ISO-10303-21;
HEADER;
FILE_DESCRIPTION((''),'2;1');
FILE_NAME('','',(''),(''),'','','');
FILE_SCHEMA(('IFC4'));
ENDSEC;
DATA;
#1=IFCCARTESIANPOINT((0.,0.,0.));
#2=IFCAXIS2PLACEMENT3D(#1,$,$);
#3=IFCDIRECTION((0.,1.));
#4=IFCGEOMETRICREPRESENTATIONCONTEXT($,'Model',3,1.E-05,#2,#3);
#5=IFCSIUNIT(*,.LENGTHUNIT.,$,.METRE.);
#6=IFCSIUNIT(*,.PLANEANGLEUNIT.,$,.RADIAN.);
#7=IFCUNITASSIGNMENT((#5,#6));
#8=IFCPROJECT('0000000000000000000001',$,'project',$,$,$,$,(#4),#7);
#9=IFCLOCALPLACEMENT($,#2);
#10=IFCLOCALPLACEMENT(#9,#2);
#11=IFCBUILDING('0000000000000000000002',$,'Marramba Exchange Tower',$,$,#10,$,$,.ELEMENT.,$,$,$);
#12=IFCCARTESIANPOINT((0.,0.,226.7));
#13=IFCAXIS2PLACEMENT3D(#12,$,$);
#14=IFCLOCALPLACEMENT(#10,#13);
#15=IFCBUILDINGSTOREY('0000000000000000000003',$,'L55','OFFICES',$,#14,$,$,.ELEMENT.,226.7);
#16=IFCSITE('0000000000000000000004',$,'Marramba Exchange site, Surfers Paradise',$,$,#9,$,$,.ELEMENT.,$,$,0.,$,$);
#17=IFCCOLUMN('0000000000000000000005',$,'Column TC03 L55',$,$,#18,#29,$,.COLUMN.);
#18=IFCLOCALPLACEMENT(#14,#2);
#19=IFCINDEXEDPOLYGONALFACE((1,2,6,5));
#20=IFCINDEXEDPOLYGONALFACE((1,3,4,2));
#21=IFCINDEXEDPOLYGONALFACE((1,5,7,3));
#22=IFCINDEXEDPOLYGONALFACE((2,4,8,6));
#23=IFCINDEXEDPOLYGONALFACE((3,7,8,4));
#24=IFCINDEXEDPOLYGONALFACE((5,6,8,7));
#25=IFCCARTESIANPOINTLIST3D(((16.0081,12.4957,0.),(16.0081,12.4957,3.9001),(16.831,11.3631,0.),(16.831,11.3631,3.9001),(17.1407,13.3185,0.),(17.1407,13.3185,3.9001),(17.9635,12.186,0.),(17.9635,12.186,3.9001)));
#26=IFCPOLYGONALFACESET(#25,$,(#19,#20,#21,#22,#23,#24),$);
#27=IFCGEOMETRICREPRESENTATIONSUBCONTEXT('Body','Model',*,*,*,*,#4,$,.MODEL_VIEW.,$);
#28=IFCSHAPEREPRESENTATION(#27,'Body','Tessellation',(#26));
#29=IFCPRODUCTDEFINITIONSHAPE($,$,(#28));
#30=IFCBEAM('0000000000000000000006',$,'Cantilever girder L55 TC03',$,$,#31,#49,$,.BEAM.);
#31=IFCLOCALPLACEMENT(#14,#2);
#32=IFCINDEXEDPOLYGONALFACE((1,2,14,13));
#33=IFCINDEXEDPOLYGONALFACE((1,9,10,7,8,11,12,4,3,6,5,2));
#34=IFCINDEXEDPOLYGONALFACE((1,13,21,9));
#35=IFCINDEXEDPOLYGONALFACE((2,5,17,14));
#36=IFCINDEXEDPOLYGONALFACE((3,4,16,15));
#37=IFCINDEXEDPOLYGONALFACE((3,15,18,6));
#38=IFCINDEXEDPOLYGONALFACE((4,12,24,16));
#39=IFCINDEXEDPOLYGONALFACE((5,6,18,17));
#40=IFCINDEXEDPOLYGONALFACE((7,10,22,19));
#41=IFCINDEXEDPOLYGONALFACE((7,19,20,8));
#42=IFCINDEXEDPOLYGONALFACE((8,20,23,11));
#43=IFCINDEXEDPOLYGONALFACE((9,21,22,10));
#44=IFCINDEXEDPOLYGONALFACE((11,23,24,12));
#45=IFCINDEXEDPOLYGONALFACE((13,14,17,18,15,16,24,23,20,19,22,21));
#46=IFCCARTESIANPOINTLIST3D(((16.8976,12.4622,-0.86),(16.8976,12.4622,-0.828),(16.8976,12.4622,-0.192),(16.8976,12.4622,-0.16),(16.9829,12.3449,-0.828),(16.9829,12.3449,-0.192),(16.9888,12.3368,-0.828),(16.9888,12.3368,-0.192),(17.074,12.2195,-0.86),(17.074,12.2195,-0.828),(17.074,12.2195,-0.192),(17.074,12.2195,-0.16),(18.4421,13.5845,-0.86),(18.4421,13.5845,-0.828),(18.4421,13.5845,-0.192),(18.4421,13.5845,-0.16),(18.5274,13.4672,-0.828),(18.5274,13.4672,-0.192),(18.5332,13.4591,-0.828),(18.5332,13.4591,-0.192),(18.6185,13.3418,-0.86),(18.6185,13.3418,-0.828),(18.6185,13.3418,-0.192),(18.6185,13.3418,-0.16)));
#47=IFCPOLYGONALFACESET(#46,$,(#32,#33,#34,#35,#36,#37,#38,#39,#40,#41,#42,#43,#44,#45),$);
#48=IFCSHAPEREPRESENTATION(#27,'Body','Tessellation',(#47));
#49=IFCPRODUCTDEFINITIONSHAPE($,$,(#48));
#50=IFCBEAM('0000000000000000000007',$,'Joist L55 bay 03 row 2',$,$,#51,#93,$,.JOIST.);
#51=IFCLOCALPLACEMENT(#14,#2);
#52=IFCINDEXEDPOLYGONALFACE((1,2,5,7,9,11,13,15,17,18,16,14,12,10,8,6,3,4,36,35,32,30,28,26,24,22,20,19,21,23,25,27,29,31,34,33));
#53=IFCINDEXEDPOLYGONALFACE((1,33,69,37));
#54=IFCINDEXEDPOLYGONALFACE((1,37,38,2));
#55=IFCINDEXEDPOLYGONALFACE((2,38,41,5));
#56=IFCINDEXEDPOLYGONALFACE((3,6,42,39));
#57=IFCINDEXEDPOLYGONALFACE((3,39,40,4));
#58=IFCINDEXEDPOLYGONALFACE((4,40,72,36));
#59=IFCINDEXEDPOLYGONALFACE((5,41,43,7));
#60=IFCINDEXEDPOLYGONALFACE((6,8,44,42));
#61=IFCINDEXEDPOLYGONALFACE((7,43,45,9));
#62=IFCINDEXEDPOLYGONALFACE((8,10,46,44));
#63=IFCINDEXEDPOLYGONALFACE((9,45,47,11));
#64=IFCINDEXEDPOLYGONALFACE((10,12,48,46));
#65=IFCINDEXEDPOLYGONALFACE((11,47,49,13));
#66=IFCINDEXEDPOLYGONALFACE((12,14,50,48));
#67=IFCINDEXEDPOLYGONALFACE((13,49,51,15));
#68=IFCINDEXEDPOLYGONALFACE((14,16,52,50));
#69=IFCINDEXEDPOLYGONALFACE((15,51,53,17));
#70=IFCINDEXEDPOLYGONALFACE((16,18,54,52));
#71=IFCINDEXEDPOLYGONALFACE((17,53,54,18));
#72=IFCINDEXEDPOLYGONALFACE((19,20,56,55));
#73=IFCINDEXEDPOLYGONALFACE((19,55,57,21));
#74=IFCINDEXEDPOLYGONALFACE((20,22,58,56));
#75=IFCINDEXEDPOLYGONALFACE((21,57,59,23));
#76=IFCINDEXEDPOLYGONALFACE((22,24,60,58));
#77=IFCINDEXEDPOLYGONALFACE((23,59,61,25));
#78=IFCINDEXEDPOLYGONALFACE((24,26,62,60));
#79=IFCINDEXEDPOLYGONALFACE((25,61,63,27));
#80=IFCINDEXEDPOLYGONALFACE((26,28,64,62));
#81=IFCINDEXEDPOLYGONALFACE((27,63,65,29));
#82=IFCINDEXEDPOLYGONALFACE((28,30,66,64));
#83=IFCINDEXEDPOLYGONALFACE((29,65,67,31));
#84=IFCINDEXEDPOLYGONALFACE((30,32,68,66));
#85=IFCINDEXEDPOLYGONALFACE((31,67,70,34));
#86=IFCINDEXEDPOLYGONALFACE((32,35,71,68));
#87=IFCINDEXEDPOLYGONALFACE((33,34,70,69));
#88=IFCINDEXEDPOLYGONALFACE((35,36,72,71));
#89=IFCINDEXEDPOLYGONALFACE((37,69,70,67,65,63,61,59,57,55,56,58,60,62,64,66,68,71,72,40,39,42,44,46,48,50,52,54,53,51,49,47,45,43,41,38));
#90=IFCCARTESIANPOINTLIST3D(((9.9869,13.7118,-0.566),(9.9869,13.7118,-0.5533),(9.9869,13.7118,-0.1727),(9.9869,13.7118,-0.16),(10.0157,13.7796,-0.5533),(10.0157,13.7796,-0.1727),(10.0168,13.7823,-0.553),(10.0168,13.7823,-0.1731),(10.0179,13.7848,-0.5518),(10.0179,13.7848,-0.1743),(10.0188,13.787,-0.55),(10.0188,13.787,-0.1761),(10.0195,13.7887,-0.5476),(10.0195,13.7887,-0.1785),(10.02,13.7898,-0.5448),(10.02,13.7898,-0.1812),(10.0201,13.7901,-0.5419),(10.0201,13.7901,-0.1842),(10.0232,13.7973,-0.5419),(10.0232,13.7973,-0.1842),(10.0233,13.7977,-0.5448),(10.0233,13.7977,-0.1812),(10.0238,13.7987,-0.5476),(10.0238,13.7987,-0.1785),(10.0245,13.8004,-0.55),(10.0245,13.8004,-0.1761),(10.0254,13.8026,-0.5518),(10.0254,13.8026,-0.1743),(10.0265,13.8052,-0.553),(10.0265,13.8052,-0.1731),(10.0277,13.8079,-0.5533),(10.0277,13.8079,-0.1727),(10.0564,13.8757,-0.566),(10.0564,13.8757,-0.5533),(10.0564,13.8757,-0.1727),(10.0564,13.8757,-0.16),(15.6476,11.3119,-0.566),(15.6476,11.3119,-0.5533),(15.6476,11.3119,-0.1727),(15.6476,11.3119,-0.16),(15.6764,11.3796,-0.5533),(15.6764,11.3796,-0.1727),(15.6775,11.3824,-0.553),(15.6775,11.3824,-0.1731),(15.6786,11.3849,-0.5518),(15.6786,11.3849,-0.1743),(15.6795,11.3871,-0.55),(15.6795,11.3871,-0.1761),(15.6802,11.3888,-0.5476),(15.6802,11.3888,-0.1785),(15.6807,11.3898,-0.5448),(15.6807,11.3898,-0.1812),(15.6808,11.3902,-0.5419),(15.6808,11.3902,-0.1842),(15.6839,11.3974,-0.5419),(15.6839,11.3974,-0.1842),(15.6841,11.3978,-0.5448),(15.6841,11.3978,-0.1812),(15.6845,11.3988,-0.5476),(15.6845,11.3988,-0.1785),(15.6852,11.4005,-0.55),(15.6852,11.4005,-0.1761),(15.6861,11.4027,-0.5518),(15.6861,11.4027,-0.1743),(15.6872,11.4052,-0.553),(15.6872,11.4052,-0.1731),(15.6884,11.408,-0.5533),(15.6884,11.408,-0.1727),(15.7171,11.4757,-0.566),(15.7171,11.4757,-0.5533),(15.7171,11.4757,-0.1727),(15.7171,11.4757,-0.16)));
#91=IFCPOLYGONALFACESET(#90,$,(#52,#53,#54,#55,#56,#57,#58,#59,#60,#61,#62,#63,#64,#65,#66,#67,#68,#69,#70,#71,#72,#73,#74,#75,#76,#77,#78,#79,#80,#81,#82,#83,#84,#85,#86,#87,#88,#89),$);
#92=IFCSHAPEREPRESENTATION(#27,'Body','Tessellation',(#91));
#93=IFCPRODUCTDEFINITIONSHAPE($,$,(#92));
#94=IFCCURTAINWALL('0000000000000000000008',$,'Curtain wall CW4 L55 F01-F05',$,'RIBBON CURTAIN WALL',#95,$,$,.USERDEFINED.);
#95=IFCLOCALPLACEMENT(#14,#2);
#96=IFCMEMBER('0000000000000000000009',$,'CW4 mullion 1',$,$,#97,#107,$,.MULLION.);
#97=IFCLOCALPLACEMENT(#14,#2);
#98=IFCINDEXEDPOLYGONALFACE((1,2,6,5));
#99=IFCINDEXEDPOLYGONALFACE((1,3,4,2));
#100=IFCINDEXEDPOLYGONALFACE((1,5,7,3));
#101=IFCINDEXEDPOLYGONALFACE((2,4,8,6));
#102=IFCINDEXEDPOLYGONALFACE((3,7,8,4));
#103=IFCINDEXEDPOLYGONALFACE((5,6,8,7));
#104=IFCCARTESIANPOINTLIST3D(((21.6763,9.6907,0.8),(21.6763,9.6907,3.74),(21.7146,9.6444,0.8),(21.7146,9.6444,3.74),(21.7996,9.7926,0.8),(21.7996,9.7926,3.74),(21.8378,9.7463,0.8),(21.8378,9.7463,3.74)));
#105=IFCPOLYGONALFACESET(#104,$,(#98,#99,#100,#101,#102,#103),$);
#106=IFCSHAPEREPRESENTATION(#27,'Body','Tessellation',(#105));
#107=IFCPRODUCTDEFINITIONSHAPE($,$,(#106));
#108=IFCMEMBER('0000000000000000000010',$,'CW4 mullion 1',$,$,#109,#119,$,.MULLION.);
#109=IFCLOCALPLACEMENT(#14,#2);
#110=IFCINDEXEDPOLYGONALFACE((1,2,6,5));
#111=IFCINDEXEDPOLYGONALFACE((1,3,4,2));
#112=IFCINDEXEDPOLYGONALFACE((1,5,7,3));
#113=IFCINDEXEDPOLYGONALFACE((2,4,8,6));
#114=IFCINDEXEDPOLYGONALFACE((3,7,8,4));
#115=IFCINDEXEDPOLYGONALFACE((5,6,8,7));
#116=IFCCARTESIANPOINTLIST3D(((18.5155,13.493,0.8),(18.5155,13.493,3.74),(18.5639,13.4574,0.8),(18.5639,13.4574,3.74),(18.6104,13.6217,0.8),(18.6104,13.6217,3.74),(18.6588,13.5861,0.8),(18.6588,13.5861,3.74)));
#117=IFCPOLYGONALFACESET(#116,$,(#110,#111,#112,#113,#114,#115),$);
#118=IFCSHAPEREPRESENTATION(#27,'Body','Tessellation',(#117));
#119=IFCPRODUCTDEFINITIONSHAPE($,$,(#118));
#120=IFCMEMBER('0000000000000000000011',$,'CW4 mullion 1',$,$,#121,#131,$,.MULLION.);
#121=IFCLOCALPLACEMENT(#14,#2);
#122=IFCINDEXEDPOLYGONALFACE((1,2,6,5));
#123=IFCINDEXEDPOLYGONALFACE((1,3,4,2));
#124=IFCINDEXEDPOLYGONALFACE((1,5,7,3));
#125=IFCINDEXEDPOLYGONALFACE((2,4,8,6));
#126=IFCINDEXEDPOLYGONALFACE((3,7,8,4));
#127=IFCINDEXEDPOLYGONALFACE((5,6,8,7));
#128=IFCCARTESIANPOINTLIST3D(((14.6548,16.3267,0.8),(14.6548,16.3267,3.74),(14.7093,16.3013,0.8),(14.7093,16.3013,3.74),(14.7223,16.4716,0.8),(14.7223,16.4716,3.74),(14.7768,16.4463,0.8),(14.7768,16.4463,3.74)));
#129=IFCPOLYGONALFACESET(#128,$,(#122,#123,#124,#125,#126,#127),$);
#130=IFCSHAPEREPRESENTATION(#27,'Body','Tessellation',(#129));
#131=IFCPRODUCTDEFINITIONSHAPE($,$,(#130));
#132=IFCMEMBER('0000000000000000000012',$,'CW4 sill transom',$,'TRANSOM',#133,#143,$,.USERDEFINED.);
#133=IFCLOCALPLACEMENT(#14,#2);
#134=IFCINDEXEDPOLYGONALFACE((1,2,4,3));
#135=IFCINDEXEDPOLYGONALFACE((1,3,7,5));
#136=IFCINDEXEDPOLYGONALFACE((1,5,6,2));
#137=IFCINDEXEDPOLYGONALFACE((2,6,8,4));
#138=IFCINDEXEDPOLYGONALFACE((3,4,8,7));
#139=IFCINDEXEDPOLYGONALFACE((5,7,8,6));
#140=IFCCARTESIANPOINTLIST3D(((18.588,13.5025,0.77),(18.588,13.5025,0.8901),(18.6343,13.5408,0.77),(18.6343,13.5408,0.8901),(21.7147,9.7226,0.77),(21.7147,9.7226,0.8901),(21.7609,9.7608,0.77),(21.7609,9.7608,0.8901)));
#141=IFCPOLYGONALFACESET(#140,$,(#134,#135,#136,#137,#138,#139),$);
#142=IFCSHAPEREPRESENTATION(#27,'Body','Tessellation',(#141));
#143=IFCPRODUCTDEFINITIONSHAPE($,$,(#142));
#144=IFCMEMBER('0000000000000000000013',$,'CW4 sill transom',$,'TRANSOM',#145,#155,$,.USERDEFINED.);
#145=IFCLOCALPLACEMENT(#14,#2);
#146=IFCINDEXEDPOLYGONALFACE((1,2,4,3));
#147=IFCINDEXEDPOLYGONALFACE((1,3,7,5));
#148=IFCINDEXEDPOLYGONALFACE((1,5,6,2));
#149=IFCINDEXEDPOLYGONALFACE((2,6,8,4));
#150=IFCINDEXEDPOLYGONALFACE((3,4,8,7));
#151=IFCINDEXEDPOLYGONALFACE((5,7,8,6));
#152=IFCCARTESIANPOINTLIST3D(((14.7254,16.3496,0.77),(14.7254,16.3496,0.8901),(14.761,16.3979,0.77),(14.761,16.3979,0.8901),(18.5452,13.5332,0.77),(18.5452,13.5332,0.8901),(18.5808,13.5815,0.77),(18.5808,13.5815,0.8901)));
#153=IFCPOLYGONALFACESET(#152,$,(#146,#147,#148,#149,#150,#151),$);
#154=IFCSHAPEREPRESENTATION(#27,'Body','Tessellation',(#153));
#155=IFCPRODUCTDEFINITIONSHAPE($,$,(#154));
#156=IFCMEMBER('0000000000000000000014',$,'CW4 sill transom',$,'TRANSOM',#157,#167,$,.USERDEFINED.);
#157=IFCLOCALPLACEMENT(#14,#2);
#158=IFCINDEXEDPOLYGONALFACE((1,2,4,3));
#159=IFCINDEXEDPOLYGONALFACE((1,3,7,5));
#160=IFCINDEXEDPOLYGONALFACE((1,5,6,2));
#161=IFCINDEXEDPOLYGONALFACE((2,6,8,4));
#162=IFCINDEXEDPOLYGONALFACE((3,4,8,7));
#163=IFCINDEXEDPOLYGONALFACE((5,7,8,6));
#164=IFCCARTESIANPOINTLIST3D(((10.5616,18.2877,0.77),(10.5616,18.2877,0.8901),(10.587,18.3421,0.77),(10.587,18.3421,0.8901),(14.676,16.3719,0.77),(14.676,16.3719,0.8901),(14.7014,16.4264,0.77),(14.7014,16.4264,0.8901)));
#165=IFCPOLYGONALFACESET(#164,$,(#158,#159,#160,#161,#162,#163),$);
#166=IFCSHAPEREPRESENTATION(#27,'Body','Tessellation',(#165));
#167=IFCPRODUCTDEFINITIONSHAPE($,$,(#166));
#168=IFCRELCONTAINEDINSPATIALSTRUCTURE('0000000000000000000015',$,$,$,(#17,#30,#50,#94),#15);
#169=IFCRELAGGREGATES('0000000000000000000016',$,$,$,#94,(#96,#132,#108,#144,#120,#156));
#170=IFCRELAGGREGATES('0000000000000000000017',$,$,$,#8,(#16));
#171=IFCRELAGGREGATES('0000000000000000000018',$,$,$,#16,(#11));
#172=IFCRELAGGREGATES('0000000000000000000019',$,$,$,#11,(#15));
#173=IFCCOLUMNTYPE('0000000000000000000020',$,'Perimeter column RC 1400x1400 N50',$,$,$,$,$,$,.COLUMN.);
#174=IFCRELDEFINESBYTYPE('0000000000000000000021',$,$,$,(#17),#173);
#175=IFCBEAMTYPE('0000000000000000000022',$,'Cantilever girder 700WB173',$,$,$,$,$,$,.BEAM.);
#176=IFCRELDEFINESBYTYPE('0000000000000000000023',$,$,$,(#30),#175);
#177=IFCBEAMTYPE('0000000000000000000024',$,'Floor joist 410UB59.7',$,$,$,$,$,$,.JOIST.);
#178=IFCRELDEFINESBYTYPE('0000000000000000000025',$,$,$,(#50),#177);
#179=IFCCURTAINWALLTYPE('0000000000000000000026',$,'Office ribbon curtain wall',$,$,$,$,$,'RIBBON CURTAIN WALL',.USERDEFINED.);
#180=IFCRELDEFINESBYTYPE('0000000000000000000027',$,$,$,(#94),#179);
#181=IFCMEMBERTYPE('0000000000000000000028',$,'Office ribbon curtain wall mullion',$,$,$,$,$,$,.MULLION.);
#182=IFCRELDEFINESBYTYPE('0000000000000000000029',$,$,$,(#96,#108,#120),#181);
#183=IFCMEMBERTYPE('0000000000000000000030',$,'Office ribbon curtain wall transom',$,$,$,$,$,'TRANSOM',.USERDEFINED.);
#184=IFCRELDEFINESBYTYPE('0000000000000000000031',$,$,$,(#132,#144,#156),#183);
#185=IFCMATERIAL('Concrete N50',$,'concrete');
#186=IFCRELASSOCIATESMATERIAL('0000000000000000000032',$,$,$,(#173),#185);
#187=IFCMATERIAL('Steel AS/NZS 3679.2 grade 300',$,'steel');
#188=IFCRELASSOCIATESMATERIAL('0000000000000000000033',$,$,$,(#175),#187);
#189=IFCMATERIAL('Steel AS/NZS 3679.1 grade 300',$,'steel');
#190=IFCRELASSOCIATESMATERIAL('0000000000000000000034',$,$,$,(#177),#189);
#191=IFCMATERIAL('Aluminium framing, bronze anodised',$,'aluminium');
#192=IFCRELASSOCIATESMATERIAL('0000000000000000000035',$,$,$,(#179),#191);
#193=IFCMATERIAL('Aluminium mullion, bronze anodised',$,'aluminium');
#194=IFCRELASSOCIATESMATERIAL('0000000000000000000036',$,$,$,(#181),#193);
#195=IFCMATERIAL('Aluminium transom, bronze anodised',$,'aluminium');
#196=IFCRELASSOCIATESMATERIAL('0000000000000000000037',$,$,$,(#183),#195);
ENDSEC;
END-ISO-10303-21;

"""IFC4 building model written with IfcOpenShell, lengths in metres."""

from ifc_helpers import new_model, si_unit, direction, frame, origin, origin_2d, place, context, subcontext, project, spatial, rectangle, i_section, extrude, material, material_profile, profile_set, type_object, element, aggregate, save


model = new_model("IFC4")

# Units and contexts
model_context = context("Model", 3, precision=1e-05, world=origin(), true_north=direction((0.0, 1.0)))
body_context = subcontext(model_context, "Body", "Model", "MODEL_VIEW")
ifc_project = project(units=[si_unit("LENGTHUNIT", "METRE"), si_unit("PLANEANGLEUNIT", "RADIAN")], contexts=[model_context])

# Site, building, storey
site_placement = place(None, origin())
site = spatial("IfcSite", under=ifc_project, at=site_placement, Name="Marramba Exchange site, Surfers Paradise", CompositionType="ELEMENT", RefElevation=0.0)
building_placement = place(site_placement, origin())
building = spatial("IfcBuilding", under=site, at=building_placement, Name="Marramba Exchange Tower", CompositionType="ELEMENT")
storey_placement = place(building_placement, frame((0.0, 0.0, 226.7)))
storey = spatial("IfcBuildingStorey", under=building, at=storey_placement, Name="L55", Description="OFFICES", CompositionType="ELEMENT", Elevation=226.7)

# Column
ifc_material_1 = material(Name="Concrete N50", Category="concrete")
ifc_material_profile_1 = material_profile(ifc_material_1, rectangle(XDim=1.3999, YDim=1.3999, at=origin_2d()), Name="RC 1400x1400")
ifc_profile_set_1 = profile_set([ifc_material_profile_1], Name="Concrete N50")
column_type = type_object("IfcColumnType", Name="Perimeter column RC 1400x1400 N50", PredefinedType="COLUMN", material=ifc_profile_set_1)
column_placement = place(storey_placement, frame((16.9858, 12.3408, 0.0), z_axis=(0.0, 0.0, 1.0), x_axis=(0.809017, 0.587785, 0.0)))
element("IfcColumn", 1, at=column_placement, inside=storey, type_object=column_type, Name="Column TC03 L55", PredefinedType="COLUMN", context=body_context, shape_type="SweptSolid", body=[
    extrude(rectangle(XDim=1.3999, YDim=1.3999, at=origin_2d()), origin(), (0.0, 0.0, 1.0), 3.9001),
])

# Beams
ifc_material_2 = material(Name="Steel AS/NZS 3679.2 grade 300", Category="steel")
ifc_material_profile_2 = material_profile(ifc_material_2, i_section(OverallWidth=0.3, OverallDepth=0.7, WebThickness=0.01, FlangeThickness=0.032, at=origin_2d()), Name="700WB173")
ifc_profile_set_2 = profile_set([ifc_material_profile_2], Name="Steel AS/NZS 3679.2 grade 300")
beam_type_1 = type_object("IfcBeamType", Name="Cantilever girder 700WB173", PredefinedType="BEAM", material=ifc_profile_set_2)
beam_1_placement = place(storey_placement, frame((16.9858, 12.3408, -0.51), z_axis=(0.808963, 0.58786, 0.0), x_axis=(-0.58786, 0.808963, 0.0)))
element("IfcBeam", 2, at=beam_1_placement, inside=storey, type_object=beam_type_1, Name="Cantilever girder L55 TC03", PredefinedType="BEAM", context=body_context, shape_type="SweptSolid", body=[
    extrude(i_section(OverallWidth=0.3, OverallDepth=0.7, WebThickness=0.01, FlangeThickness=0.032, at=origin_2d()), origin(), (0.0, 0.0, 1.0), 1.9092),
])
ifc_material_3 = material(Name="Steel AS/NZS 3679.1 grade 300", Category="steel")
ifc_material_profile_3 = material_profile(ifc_material_3, i_section(OverallWidth=0.178, OverallDepth=0.406, WebThickness=0.0078, FlangeThickness=0.0127, FilletRadius=0.0115, at=origin_2d()), Name="410UB59.7")
ifc_profile_set_3 = profile_set([ifc_material_profile_3], Name="Steel AS/NZS 3679.1 grade 300")
beam_type_2 = type_object("IfcBeamType", Name="Floor joist 410UB59.7", PredefinedType="JOIST", material=ifc_profile_set_3)
beam_2_placement = place(storey_placement, frame((15.6824, 11.3938, -0.363), z_axis=(-0.920674, 0.390332, 0.0), x_axis=(-0.390332, -0.920674, 0.0)))
element("IfcBeam", 3, at=beam_2_placement, inside=storey, type_object=beam_type_2, Name="Joist L55 bay 03 row 2", PredefinedType="JOIST", context=body_context, shape_type="SweptSolid", body=[
    extrude(i_section(OverallWidth=0.178, OverallDepth=0.406, WebThickness=0.0078, FlangeThickness=0.0127, FilletRadius=0.0115, at=origin_2d()), origin(), (0.0, 0.0, 1.0), 6.1484),
])

# Curtain wall, members
ifc_material_4 = material(Name="Aluminium framing, bronze anodised", Category="aluminium")
curtain_wall_type = type_object("IfcCurtainWallType", Name="Office ribbon curtain wall", ElementType="RIBBON CURTAIN WALL", PredefinedType="USERDEFINED", material=ifc_material_4)
curtain_wall_placement = place(storey_placement, origin())
curtain_wall = element("IfcCurtainWall", 4, at=curtain_wall_placement, inside=storey, type_object=curtain_wall_type, Name="Curtain wall CW4 L55 F01-F05", ObjectType="RIBBON CURTAIN WALL", PredefinedType="USERDEFINED")
ifc_material_5 = material(Name="Aluminium mullion, bronze anodised", Category="aluminium")
ifc_material_profile_4 = material_profile(ifc_material_5, rectangle(XDim=0.1599, YDim=0.0601, at=origin_2d()), Name="CW4 mullion 60x160")
ifc_profile_set_4 = profile_set([ifc_material_profile_4], Name="Aluminium mullion, bronze anodised")
member_type_1 = type_object("IfcMemberType", Name="Office ribbon curtain wall mullion", PredefinedType="MULLION", material=ifc_profile_set_4)
member_1_placement = place(storey_placement, frame((21.7571, 9.7185, 0.8), z_axis=(0.0, 0.0, 1.0), x_axis=(-0.770574, -0.63735, 0.0)))
member_1 = element("IfcMember", 5, at=member_1_placement, type_object=member_type_1, Name="CW4 mullion 1", PredefinedType="MULLION", context=body_context, shape_type="SweptSolid", body=[
    extrude(rectangle(XDim=0.1599, YDim=0.0601, at=origin_2d()), origin(), (0.0, 0.0, 1.0), 2.9399),
])
member_2_placement = place(storey_placement, frame((18.5872, 13.5396, 0.8), z_axis=(0.0, 0.0, 1.0), x_axis=(-0.593441, -0.804877, 0.0)))
member_2 = element("IfcMember", 6, at=member_2_placement, type_object=member_type_1, Name="CW4 mullion 1", PredefinedType="MULLION", context=body_context, shape_type="SweptSolid", body=[
    extrude(rectangle(XDim=0.1599, YDim=0.0601, at=origin_2d()), origin(), (0.0, 0.0, 1.0), 2.9399),
])
member_3_placement = place(storey_placement, frame((14.7158, 16.3865, 0.8), z_axis=(0.0, 0.0, 1.0), x_axis=(-0.422133, -0.906534, 0.0)))
member_3 = element("IfcMember", 7, at=member_3_placement, type_object=member_type_1, Name="CW4 mullion 1", PredefinedType="MULLION", context=body_context, shape_type="SweptSolid", body=[
    extrude(rectangle(XDim=0.1599, YDim=0.0601, at=origin_2d()), origin(), (0.0, 0.0, 1.0), 2.9399),
])
ifc_material_6 = material(Name="Aluminium transom, bronze anodised", Category="aluminium")
ifc_material_profile_5 = material_profile(ifc_material_6, rectangle(XDim=0.0601, YDim=0.1201, at=origin_2d()), Name="CW4 transom 60x120")
ifc_profile_set_5 = profile_set([ifc_material_profile_5], Name="Aluminium transom, bronze anodised")
member_type_2 = type_object("IfcMemberType", Name="Office ribbon curtain wall transom", ElementType="TRANSOM", PredefinedType="USERDEFINED", material=ifc_profile_set_5)
member_4_placement = place(storey_placement, frame((21.7378, 9.7417, 0.8301), z_axis=(-0.637375, 0.770554, 0.0), x_axis=(-0.770554, -0.637375, 0.0)))
member_4 = element("IfcMember", 8, at=member_4_placement, type_object=member_type_2, Name="CW4 sill transom", ObjectType="TRANSOM", PredefinedType="USERDEFINED", context=body_context, shape_type="SweptSolid", body=[
    extrude(rectangle(XDim=0.0601, YDim=0.1201, at=origin_2d()), origin(), (0.0, 0.0, 1.0), 4.9055),
])
member_5_placement = place(storey_placement, frame((18.563, 13.5574, 0.8301), z_axis=(-0.804875, 0.593445, 0.0), x_axis=(-0.593445, -0.804875, 0.0)))
member_5 = element("IfcMember", 9, at=member_5_placement, type_object=member_type_2, Name="CW4 sill transom", ObjectType="TRANSOM", PredefinedType="USERDEFINED", context=body_context, shape_type="SweptSolid", body=[
    extrude(rectangle(XDim=0.0601, YDim=0.1201, at=origin_2d()), origin(), (0.0, 0.0, 1.0), 4.7458),
])
member_6_placement = place(storey_placement, frame((14.6887, 16.3992, 0.8301), z_axis=(-0.906548, 0.422102, 0.0), x_axis=(-0.422102, -0.906548, 0.0)))
member_6 = element("IfcMember", 10, at=member_6_placement, type_object=member_type_2, Name="CW4 sill transom", ObjectType="TRANSOM", PredefinedType="USERDEFINED", context=body_context, shape_type="SweptSolid", body=[
    extrude(rectangle(XDim=0.0601, YDim=0.1201, at=origin_2d()), origin(), (0.0, 0.0, 1.0), 4.5386),
])

aggregate(curtain_wall, [member_1, member_4, member_2, member_5, member_3, member_6])

save(model, "model.ifc")
